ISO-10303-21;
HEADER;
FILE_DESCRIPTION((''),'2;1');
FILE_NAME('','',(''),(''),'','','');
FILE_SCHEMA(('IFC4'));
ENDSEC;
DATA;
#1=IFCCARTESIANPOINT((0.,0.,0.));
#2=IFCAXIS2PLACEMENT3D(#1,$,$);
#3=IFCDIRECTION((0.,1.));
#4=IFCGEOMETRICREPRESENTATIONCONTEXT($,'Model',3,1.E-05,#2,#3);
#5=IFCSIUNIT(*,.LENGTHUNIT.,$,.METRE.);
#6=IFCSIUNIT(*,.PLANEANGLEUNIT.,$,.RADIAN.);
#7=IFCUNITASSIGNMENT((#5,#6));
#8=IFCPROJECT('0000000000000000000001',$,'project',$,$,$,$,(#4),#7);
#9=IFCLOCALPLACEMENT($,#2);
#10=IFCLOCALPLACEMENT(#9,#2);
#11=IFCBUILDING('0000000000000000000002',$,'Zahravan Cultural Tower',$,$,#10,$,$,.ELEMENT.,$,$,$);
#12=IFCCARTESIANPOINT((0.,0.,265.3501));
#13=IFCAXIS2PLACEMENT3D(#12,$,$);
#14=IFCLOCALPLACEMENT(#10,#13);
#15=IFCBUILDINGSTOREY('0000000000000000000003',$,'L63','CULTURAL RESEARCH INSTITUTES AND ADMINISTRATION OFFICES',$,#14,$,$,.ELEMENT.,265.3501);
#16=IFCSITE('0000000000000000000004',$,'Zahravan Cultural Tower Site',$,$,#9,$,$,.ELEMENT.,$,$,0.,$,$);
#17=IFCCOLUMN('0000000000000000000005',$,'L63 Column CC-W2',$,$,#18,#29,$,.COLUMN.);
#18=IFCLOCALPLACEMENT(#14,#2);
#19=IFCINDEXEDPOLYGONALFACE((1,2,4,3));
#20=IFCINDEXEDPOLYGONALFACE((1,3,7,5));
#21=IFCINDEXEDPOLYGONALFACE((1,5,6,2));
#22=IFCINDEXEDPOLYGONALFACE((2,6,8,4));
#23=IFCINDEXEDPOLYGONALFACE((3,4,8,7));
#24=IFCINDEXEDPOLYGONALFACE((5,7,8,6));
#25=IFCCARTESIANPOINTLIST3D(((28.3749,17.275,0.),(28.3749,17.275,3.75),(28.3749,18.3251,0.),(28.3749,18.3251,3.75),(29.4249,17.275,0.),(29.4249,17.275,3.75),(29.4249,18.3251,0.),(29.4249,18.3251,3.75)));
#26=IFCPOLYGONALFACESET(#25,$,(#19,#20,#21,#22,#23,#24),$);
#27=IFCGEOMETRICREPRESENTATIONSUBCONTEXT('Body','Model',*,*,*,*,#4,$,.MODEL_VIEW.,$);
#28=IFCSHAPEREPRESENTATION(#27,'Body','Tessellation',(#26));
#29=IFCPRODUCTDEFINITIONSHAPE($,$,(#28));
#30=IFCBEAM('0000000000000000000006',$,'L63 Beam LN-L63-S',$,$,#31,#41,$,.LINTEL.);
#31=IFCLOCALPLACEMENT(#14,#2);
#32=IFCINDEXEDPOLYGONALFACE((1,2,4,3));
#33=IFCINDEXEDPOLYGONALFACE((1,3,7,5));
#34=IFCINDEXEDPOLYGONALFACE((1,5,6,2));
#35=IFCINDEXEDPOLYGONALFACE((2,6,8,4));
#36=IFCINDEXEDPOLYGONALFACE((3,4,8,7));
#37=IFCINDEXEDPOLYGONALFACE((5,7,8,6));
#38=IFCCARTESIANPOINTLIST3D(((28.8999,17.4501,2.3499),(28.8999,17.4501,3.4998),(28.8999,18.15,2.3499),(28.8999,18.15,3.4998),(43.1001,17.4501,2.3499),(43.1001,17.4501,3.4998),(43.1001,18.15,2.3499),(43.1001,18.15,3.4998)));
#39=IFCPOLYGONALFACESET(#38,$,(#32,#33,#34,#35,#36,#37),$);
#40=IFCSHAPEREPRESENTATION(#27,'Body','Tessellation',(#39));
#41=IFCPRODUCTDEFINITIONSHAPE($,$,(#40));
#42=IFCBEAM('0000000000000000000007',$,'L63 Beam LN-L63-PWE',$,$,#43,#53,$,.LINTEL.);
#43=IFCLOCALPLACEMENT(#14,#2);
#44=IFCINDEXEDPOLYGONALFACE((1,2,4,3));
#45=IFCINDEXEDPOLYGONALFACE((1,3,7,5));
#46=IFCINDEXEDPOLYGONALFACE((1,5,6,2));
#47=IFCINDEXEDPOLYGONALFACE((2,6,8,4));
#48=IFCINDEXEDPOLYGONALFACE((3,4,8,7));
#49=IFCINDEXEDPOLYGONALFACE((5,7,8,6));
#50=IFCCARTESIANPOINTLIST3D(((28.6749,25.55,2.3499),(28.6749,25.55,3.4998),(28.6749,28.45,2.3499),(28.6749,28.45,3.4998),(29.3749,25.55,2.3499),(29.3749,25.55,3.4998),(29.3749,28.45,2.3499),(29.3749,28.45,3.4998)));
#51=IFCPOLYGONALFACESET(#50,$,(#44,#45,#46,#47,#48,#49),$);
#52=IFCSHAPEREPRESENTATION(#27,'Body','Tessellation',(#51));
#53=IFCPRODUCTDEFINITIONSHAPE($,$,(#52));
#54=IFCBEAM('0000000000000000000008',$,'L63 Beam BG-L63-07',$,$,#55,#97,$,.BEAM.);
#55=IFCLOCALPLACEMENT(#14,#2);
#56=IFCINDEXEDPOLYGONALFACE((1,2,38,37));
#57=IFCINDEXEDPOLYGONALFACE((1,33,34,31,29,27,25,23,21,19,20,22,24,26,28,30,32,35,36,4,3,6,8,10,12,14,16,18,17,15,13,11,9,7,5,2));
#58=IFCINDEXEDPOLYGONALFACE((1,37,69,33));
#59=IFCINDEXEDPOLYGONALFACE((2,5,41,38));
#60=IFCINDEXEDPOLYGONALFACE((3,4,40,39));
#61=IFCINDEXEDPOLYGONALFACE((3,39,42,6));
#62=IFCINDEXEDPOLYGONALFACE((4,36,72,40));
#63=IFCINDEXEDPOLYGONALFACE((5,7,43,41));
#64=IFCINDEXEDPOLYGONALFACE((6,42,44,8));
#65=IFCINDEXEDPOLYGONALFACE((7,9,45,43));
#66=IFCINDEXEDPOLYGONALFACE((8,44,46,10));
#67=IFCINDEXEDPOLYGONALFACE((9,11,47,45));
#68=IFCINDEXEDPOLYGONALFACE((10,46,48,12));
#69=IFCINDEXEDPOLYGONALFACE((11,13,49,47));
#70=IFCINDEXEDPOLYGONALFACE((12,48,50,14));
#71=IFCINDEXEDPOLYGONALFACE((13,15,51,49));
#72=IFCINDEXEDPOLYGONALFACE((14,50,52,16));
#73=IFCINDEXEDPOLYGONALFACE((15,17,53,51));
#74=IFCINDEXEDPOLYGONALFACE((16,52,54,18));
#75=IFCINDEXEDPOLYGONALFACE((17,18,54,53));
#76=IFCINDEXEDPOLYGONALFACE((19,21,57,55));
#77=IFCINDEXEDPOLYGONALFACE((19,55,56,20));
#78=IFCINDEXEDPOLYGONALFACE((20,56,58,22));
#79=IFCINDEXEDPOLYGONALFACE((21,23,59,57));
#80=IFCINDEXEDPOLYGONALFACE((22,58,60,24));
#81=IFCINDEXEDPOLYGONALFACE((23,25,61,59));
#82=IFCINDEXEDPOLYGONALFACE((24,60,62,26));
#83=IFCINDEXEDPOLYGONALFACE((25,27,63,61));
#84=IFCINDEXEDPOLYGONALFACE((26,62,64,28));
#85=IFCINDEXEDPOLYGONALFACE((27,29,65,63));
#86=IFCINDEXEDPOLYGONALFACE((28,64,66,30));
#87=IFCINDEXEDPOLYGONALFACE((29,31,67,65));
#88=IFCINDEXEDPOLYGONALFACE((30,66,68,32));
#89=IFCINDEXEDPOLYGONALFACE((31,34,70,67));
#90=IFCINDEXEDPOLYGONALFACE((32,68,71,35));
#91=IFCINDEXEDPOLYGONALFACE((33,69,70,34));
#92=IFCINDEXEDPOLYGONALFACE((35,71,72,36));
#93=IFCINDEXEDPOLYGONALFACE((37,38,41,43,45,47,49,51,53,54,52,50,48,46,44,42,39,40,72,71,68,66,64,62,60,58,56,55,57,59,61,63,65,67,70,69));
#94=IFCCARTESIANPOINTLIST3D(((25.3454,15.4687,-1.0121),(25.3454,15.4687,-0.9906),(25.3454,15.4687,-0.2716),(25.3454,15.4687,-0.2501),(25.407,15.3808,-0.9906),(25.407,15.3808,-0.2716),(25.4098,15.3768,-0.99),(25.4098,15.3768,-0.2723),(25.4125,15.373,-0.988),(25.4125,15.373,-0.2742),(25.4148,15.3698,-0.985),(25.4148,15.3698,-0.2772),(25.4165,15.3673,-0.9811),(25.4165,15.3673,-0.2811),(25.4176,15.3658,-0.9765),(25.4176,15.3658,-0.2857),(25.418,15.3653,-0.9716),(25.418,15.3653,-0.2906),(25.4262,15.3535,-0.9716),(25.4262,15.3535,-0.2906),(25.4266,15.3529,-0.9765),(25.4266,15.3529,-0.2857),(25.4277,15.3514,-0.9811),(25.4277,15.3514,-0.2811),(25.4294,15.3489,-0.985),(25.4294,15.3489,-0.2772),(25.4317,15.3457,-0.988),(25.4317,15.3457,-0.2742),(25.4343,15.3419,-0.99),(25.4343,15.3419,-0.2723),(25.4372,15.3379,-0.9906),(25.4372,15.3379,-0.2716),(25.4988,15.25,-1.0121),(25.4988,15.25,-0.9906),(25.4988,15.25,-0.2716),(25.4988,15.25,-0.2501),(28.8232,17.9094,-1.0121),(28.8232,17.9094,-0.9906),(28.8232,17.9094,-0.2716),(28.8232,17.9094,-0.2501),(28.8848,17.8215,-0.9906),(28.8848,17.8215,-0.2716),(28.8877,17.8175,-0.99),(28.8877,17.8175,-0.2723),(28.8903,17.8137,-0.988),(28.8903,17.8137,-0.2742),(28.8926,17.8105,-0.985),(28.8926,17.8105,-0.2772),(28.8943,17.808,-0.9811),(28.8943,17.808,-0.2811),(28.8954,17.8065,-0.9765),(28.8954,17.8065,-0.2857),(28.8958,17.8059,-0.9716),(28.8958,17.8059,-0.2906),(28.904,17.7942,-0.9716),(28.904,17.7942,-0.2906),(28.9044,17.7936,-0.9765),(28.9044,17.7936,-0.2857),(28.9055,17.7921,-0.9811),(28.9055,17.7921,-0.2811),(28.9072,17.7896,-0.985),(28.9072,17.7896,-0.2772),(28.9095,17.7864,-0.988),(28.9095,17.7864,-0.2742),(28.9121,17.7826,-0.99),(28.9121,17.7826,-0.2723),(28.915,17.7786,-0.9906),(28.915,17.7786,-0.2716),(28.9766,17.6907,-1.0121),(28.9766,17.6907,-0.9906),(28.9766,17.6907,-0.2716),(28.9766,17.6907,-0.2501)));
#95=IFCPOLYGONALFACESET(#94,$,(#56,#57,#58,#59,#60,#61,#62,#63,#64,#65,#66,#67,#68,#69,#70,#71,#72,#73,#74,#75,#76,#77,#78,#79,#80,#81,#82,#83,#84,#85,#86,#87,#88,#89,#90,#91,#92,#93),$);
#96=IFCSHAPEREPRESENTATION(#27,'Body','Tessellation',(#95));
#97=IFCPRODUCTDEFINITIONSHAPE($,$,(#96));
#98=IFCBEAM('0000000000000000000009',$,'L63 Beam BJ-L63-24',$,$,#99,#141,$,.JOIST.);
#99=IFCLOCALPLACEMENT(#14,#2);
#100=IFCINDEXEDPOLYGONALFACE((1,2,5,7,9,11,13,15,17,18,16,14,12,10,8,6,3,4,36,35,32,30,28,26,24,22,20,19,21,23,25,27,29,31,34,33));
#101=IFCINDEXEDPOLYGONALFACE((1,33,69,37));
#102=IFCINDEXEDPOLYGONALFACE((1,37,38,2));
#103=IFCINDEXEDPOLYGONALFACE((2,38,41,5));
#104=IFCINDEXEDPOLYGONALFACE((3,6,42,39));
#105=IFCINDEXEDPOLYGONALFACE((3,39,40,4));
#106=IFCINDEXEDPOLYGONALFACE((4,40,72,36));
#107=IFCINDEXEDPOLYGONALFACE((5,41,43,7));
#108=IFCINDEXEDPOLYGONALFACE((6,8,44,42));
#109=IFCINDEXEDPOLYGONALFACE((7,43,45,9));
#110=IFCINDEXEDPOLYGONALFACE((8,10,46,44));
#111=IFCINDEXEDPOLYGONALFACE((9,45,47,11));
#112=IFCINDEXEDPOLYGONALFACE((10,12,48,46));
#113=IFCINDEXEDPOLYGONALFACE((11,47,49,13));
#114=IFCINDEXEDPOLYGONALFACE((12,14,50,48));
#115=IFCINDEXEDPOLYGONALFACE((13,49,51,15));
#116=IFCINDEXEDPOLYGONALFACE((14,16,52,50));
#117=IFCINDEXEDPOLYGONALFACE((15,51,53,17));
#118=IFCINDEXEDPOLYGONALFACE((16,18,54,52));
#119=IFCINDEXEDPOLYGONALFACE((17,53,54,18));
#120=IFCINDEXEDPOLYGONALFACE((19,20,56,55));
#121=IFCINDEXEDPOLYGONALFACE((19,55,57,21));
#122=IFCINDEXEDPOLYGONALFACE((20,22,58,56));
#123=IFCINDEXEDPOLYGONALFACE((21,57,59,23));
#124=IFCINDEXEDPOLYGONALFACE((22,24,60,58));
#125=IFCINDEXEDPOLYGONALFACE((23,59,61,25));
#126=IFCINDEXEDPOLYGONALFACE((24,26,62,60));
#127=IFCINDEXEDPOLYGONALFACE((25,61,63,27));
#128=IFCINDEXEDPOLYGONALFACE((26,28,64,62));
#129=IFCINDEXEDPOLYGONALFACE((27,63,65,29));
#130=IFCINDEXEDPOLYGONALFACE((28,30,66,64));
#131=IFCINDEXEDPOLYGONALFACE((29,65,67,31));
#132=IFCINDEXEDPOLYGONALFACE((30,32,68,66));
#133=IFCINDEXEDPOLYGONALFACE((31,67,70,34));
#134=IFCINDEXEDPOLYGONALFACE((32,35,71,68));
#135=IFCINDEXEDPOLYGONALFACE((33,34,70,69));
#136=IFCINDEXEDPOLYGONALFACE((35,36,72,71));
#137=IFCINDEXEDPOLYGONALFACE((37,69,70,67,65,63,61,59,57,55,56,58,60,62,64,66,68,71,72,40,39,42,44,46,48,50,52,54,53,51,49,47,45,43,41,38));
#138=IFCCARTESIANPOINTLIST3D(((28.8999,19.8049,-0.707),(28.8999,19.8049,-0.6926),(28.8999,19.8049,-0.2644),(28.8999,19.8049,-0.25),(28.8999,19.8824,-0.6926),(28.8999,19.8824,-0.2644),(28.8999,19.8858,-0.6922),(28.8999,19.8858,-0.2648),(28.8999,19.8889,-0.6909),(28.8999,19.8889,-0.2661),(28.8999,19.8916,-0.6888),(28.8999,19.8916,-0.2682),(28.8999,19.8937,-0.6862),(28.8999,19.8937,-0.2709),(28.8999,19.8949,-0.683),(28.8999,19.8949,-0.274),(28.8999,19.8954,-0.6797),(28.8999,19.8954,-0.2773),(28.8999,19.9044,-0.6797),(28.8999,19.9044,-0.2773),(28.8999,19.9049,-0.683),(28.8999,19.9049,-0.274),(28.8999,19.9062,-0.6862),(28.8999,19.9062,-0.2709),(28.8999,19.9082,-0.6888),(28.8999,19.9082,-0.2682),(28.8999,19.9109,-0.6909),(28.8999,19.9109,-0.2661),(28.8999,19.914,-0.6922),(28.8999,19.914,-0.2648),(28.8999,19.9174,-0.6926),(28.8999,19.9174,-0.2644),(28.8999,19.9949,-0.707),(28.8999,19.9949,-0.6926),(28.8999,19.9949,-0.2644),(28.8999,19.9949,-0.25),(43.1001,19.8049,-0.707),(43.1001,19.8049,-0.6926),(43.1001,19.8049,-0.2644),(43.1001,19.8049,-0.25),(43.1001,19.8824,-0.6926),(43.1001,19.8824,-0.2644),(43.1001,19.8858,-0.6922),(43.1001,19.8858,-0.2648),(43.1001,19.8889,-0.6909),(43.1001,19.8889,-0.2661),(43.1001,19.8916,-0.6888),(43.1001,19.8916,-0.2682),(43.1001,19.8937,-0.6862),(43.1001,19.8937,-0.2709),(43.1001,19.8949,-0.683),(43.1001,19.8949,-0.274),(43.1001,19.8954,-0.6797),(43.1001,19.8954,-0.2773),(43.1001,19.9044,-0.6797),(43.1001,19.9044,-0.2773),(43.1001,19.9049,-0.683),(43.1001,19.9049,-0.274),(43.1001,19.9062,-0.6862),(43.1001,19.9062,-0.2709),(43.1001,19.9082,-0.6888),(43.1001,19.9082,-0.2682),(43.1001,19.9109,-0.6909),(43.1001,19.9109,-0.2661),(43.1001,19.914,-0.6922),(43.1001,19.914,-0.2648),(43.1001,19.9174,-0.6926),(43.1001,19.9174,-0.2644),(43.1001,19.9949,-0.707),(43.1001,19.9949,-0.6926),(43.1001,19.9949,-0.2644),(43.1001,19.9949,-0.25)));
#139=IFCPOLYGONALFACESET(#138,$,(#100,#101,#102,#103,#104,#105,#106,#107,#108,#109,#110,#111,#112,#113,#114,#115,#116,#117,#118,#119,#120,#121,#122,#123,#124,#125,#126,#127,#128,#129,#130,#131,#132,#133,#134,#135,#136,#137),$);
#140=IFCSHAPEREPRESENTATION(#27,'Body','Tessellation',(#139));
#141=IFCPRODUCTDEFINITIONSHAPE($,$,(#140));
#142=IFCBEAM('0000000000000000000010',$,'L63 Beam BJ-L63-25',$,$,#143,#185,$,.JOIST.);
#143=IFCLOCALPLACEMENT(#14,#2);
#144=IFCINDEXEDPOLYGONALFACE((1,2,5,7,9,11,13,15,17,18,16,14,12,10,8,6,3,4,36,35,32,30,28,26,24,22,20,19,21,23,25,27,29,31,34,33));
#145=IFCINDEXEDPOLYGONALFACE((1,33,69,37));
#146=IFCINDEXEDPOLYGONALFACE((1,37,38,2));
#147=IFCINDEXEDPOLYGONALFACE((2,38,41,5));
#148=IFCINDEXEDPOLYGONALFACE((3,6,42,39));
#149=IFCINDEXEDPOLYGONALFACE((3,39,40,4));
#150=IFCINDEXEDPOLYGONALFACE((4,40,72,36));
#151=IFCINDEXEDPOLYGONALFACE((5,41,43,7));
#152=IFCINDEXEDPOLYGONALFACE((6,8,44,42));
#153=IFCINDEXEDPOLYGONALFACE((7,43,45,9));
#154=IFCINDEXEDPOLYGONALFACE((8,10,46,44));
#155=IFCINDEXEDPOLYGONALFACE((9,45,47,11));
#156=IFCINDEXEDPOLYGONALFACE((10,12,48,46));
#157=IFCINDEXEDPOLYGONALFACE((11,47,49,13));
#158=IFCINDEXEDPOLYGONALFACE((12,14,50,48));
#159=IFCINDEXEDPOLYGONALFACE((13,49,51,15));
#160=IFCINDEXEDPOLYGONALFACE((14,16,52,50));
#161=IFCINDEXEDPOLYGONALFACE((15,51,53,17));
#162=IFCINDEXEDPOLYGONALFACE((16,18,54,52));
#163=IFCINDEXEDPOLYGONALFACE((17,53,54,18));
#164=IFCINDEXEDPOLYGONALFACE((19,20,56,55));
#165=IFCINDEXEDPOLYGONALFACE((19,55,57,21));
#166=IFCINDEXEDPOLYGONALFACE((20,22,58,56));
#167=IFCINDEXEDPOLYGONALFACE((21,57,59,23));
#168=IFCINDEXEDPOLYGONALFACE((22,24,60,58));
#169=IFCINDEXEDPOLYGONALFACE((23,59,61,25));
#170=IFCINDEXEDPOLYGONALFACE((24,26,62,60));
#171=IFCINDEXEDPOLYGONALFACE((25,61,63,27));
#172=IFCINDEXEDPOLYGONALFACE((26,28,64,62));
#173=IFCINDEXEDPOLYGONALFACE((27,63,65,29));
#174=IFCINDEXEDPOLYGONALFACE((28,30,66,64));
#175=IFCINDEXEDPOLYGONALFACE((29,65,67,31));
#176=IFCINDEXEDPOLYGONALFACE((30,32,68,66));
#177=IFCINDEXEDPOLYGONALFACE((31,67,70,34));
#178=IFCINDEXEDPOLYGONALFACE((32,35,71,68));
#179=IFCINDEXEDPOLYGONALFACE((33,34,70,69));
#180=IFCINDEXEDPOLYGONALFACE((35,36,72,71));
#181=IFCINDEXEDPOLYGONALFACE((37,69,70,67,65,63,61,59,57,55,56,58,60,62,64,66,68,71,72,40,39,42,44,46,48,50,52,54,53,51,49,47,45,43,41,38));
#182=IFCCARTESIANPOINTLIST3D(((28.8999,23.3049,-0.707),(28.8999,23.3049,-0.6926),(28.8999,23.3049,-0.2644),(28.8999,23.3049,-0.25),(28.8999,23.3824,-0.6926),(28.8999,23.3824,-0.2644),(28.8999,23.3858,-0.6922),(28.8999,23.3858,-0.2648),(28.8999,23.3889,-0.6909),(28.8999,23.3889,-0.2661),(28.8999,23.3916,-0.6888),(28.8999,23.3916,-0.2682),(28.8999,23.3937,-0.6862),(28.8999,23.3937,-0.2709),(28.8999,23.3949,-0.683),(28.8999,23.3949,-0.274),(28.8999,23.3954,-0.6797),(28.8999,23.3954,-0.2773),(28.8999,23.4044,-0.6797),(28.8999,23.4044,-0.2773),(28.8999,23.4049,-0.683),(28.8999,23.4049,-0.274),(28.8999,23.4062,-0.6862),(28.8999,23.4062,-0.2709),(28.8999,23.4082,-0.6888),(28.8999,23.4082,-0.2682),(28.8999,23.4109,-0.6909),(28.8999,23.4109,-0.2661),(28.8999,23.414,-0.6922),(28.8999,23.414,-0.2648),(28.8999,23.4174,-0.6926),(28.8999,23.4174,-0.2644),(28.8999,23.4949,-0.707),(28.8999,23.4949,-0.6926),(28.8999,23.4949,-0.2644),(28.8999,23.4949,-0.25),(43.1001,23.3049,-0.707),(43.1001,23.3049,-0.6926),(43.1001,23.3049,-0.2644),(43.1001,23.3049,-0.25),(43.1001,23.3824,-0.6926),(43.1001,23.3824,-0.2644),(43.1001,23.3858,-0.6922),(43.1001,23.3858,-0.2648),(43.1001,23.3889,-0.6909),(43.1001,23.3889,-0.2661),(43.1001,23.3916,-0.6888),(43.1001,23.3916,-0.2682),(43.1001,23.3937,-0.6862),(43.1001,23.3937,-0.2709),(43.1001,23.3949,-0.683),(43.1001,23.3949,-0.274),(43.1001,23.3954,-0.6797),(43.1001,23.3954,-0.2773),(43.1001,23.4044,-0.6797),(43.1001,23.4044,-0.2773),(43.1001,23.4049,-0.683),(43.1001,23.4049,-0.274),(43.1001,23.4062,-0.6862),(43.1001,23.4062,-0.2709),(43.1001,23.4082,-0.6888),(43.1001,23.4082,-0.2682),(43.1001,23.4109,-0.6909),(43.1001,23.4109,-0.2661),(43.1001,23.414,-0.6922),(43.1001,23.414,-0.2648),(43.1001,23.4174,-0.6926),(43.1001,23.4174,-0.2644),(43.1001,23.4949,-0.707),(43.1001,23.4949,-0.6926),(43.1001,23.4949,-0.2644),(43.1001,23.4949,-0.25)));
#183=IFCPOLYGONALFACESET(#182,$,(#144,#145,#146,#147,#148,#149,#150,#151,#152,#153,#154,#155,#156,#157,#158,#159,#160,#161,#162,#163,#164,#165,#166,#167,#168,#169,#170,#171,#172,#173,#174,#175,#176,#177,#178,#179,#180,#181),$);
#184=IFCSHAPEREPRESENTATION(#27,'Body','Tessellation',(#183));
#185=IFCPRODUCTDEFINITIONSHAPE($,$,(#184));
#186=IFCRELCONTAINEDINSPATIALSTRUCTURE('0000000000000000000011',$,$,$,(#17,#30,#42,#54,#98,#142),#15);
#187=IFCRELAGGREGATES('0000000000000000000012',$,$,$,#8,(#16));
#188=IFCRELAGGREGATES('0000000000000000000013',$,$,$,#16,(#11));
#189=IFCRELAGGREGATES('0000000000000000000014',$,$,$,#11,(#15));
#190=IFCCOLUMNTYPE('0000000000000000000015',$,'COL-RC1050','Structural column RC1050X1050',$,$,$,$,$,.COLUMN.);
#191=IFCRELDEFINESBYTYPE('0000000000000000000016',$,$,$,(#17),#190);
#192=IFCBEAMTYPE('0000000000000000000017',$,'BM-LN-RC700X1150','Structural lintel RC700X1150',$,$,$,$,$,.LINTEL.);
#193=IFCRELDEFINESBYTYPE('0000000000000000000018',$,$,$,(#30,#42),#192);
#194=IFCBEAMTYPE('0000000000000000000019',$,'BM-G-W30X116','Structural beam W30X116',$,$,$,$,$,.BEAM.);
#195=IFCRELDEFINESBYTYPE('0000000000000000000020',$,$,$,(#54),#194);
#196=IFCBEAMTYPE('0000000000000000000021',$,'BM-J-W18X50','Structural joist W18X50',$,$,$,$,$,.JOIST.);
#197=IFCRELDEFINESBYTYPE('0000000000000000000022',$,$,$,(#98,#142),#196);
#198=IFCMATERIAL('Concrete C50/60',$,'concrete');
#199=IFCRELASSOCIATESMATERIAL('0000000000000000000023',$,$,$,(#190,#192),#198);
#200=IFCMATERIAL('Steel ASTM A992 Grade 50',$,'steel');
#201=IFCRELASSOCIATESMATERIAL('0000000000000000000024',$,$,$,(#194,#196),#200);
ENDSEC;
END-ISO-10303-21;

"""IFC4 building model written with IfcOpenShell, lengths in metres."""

from ifc_helpers import new_model, si_unit, direction, frame, origin, origin_2d, place, context, subcontext, project, spatial, rectangle, i_section, extrude, source, transform, mapped, material, material_profile, profile_set, type_object, element, save


model = new_model("IFC4")

# Units and contexts
model_context = context("Model", 3, precision=1e-05, world=origin(), true_north=direction((0.0, 1.0)))
body_context = subcontext(model_context, "Body", "Model", "MODEL_VIEW")
ifc_project = project(units=[si_unit("LENGTHUNIT", "METRE"), si_unit("PLANEANGLEUNIT", "RADIAN")], contexts=[model_context])

# Site, building, storey
site_placement = place(None, origin())
site = spatial("IfcSite", under=ifc_project, at=site_placement, Name="Zahravan Cultural Tower Site", CompositionType="ELEMENT", RefElevation=0.0)
building_placement = place(site_placement, origin())
building = spatial("IfcBuilding", under=site, at=building_placement, Name="Zahravan Cultural Tower", CompositionType="ELEMENT")
storey_placement = place(building_placement, frame((0.0, 0.0, 265.3501)))
storey = spatial("IfcBuildingStorey", under=building, at=storey_placement, Name="L63", Description="CULTURAL RESEARCH INSTITUTES AND ADMINISTRATION OFFICES", CompositionType="ELEMENT", Elevation=265.3501)

# Column
ifc_material_1 = material(Name="Concrete C50/60", Category="concrete")
ifc_material_profile_1 = material_profile(ifc_material_1, rectangle(XDim=1.05, YDim=1.05, at=origin_2d()), Name="RC1050X1050")
ifc_profile_set_1 = profile_set([ifc_material_profile_1], Name="Concrete C50/60")
column_type = type_object("IfcColumnType", Name="COL-RC1050", Description="Structural column RC1050X1050", PredefinedType="COLUMN", material=ifc_profile_set_1)
shared_shape_1 = source(origin(), body_context, "Body", "SweptSolid", [
    extrude(rectangle(XDim=1.05, YDim=1.05, at=origin_2d()), origin(), (0.0, 0.0, 1.0), 3.75),
])
column_placement = place(storey_placement, frame((28.8999, 17.8, 0.0), z_axis=(0.0, 0.0, 1.0), x_axis=(1.0, 0.0, 0.0)))
element("IfcColumn", 1, at=column_placement, inside=storey, type_object=column_type, Name="L63 Column CC-W2", PredefinedType="COLUMN", context=body_context, shape_type="MappedRepresentation", body=[
    mapped(shared_shape_1, transform((0.0, 0.0, 0.0), x_axis=(1.0, 0.0, 0.0), y_axis=(0.0, 1.0, 0.0), z_axis=(0.0, 0.0, 1.0), scale=1.0)),
])

# Beams
ifc_material_profile_2 = material_profile(ifc_material_1, rectangle(XDim=0.7, YDim=1.1499, at=origin_2d()), Name="RC700X1150")
ifc_profile_set_2 = profile_set([ifc_material_profile_2], Name="Concrete C50/60")
beam_type_1 = type_object("IfcBeamType", Name="BM-LN-RC700X1150", Description="Structural lintel RC700X1150", PredefinedType="LINTEL", material=ifc_profile_set_2)
shared_shape_2 = source(origin(), body_context, "Body", "SweptSolid", [
    extrude(rectangle(XDim=0.7, YDim=1.1499, at=origin_2d()), origin(), (0.0, 0.0, 1.0), 14.2002),
])
beam_1_placement = place(storey_placement, frame((28.8999, 17.8, 2.9248), z_axis=(1.0, 0.0, 0.0), x_axis=(0.0, 1.0, 0.0)))
element("IfcBeam", 2, at=beam_1_placement, inside=storey, type_object=beam_type_1, Name="L63 Beam LN-L63-S", PredefinedType="LINTEL", context=body_context, shape_type="MappedRepresentation", body=[
    mapped(shared_shape_2, transform((0.0, 0.0, 0.0), x_axis=(1.0, 0.0, 0.0), y_axis=(0.0, 1.0, 0.0), z_axis=(0.0, 0.0, 1.0), scale=1.0)),
])
shared_shape_3 = source(origin(), body_context, "Body", "SweptSolid", [
    extrude(rectangle(XDim=0.7, YDim=1.1499, at=origin_2d()), origin(), (0.0, 0.0, 1.0), 2.8999),
])
beam_2_placement = place(storey_placement, frame((29.0249, 25.55, 2.9248), z_axis=(0.0, 1.0, 0.0), x_axis=(-1.0, 0.0, 0.0)))
element("IfcBeam", 3, at=beam_2_placement, inside=storey, type_object=beam_type_1, Name="L63 Beam LN-L63-PWE", PredefinedType="LINTEL", context=body_context, shape_type="MappedRepresentation", body=[
    mapped(shared_shape_3, transform((0.0, 0.0, 0.0), x_axis=(1.0, 0.0, 0.0), y_axis=(0.0, 1.0, 0.0), z_axis=(0.0, 0.0, 1.0), scale=1.0)),
])
ifc_material_2 = material(Name="Steel ASTM A992 Grade 50", Category="steel")
ifc_material_profile_3 = material_profile(ifc_material_2, i_section(OverallWidth=0.2671, OverallDepth=0.762, WebThickness=0.0144, FlangeThickness=0.0215, FilletRadius=0.019, at=origin_2d()), Name="W30X116")
ifc_profile_set_3 = profile_set([ifc_material_profile_3], Name="Steel ASTM A992 Grade 50")
beam_type_2 = type_object("IfcBeamType", Name="BM-G-W30X116", Description="Structural beam W30X116", PredefinedType="BEAM", material=ifc_profile_set_3)
shared_shape_4 = source(origin(), body_context, "Body", "SweptSolid", [
    extrude(i_section(OverallWidth=0.2671, OverallDepth=0.762, WebThickness=0.0144, FlangeThickness=0.0215, FilletRadius=0.019, at=origin_2d()), origin(), (0.0, 0.0, 1.0), 4.2488),
])
beam_3_placement = place(storey_placement, frame((28.8999, 17.8, -0.6311), z_axis=(-0.818543, -0.574445, 0.0), x_axis=(0.574445, -0.818543, 0.0)))
element("IfcBeam", 4, at=beam_3_placement, inside=storey, type_object=beam_type_2, Name="L63 Beam BG-L63-07", PredefinedType="BEAM", context=body_context, shape_type="MappedRepresentation", body=[
    mapped(shared_shape_4, transform((0.0, 0.0, 0.0), x_axis=(1.0, 0.0, 0.0), y_axis=(0.0, 1.0, 0.0), z_axis=(0.0, 0.0, 1.0), scale=1.0)),
])
ifc_material_profile_4 = material_profile(ifc_material_2, i_section(OverallWidth=0.1899, OverallDepth=0.457, WebThickness=0.009, FlangeThickness=0.0144, FilletRadius=0.0129, at=origin_2d()), Name="W18X50")
ifc_profile_set_4 = profile_set([ifc_material_profile_4], Name="Steel ASTM A992 Grade 50")
beam_type_3 = type_object("IfcBeamType", Name="BM-J-W18X50", Description="Structural joist W18X50", PredefinedType="JOIST", material=ifc_profile_set_4)
shared_shape_5 = source(origin(), body_context, "Body", "SweptSolid", [
    extrude(i_section(OverallWidth=0.1899, OverallDepth=0.457, WebThickness=0.009, FlangeThickness=0.0144, FilletRadius=0.0129, at=origin_2d()), origin(), (0.0, 0.0, 1.0), 14.2002),
])
for number, where, z_axis, x_axis, name in (
    (5, (28.8999, 19.8999, -0.4785), (1.0, 0.0, 0.0), (0.0, 1.0, 0.0), "L63 Beam BJ-L63-24"),
    (6, (28.8999, 23.3999, -0.4785), (1.0, 0.0, 0.0), (0.0, 1.0, 0.0), "L63 Beam BJ-L63-25"),
):
    element("IfcBeam", number, at=place(storey_placement, frame(where, z_axis=z_axis, x_axis=x_axis)), inside=storey, type_object=beam_type_3, Name=name, PredefinedType="JOIST", context=body_context, shape_type="MappedRepresentation", body=[
        mapped(shared_shape_5, transform((0.0, 0.0, 0.0), x_axis=(1.0, 0.0, 0.0), y_axis=(0.0, 1.0, 0.0), z_axis=(0.0, 0.0, 1.0), scale=1.0)),
    ])

save(model, "model.ifc")
